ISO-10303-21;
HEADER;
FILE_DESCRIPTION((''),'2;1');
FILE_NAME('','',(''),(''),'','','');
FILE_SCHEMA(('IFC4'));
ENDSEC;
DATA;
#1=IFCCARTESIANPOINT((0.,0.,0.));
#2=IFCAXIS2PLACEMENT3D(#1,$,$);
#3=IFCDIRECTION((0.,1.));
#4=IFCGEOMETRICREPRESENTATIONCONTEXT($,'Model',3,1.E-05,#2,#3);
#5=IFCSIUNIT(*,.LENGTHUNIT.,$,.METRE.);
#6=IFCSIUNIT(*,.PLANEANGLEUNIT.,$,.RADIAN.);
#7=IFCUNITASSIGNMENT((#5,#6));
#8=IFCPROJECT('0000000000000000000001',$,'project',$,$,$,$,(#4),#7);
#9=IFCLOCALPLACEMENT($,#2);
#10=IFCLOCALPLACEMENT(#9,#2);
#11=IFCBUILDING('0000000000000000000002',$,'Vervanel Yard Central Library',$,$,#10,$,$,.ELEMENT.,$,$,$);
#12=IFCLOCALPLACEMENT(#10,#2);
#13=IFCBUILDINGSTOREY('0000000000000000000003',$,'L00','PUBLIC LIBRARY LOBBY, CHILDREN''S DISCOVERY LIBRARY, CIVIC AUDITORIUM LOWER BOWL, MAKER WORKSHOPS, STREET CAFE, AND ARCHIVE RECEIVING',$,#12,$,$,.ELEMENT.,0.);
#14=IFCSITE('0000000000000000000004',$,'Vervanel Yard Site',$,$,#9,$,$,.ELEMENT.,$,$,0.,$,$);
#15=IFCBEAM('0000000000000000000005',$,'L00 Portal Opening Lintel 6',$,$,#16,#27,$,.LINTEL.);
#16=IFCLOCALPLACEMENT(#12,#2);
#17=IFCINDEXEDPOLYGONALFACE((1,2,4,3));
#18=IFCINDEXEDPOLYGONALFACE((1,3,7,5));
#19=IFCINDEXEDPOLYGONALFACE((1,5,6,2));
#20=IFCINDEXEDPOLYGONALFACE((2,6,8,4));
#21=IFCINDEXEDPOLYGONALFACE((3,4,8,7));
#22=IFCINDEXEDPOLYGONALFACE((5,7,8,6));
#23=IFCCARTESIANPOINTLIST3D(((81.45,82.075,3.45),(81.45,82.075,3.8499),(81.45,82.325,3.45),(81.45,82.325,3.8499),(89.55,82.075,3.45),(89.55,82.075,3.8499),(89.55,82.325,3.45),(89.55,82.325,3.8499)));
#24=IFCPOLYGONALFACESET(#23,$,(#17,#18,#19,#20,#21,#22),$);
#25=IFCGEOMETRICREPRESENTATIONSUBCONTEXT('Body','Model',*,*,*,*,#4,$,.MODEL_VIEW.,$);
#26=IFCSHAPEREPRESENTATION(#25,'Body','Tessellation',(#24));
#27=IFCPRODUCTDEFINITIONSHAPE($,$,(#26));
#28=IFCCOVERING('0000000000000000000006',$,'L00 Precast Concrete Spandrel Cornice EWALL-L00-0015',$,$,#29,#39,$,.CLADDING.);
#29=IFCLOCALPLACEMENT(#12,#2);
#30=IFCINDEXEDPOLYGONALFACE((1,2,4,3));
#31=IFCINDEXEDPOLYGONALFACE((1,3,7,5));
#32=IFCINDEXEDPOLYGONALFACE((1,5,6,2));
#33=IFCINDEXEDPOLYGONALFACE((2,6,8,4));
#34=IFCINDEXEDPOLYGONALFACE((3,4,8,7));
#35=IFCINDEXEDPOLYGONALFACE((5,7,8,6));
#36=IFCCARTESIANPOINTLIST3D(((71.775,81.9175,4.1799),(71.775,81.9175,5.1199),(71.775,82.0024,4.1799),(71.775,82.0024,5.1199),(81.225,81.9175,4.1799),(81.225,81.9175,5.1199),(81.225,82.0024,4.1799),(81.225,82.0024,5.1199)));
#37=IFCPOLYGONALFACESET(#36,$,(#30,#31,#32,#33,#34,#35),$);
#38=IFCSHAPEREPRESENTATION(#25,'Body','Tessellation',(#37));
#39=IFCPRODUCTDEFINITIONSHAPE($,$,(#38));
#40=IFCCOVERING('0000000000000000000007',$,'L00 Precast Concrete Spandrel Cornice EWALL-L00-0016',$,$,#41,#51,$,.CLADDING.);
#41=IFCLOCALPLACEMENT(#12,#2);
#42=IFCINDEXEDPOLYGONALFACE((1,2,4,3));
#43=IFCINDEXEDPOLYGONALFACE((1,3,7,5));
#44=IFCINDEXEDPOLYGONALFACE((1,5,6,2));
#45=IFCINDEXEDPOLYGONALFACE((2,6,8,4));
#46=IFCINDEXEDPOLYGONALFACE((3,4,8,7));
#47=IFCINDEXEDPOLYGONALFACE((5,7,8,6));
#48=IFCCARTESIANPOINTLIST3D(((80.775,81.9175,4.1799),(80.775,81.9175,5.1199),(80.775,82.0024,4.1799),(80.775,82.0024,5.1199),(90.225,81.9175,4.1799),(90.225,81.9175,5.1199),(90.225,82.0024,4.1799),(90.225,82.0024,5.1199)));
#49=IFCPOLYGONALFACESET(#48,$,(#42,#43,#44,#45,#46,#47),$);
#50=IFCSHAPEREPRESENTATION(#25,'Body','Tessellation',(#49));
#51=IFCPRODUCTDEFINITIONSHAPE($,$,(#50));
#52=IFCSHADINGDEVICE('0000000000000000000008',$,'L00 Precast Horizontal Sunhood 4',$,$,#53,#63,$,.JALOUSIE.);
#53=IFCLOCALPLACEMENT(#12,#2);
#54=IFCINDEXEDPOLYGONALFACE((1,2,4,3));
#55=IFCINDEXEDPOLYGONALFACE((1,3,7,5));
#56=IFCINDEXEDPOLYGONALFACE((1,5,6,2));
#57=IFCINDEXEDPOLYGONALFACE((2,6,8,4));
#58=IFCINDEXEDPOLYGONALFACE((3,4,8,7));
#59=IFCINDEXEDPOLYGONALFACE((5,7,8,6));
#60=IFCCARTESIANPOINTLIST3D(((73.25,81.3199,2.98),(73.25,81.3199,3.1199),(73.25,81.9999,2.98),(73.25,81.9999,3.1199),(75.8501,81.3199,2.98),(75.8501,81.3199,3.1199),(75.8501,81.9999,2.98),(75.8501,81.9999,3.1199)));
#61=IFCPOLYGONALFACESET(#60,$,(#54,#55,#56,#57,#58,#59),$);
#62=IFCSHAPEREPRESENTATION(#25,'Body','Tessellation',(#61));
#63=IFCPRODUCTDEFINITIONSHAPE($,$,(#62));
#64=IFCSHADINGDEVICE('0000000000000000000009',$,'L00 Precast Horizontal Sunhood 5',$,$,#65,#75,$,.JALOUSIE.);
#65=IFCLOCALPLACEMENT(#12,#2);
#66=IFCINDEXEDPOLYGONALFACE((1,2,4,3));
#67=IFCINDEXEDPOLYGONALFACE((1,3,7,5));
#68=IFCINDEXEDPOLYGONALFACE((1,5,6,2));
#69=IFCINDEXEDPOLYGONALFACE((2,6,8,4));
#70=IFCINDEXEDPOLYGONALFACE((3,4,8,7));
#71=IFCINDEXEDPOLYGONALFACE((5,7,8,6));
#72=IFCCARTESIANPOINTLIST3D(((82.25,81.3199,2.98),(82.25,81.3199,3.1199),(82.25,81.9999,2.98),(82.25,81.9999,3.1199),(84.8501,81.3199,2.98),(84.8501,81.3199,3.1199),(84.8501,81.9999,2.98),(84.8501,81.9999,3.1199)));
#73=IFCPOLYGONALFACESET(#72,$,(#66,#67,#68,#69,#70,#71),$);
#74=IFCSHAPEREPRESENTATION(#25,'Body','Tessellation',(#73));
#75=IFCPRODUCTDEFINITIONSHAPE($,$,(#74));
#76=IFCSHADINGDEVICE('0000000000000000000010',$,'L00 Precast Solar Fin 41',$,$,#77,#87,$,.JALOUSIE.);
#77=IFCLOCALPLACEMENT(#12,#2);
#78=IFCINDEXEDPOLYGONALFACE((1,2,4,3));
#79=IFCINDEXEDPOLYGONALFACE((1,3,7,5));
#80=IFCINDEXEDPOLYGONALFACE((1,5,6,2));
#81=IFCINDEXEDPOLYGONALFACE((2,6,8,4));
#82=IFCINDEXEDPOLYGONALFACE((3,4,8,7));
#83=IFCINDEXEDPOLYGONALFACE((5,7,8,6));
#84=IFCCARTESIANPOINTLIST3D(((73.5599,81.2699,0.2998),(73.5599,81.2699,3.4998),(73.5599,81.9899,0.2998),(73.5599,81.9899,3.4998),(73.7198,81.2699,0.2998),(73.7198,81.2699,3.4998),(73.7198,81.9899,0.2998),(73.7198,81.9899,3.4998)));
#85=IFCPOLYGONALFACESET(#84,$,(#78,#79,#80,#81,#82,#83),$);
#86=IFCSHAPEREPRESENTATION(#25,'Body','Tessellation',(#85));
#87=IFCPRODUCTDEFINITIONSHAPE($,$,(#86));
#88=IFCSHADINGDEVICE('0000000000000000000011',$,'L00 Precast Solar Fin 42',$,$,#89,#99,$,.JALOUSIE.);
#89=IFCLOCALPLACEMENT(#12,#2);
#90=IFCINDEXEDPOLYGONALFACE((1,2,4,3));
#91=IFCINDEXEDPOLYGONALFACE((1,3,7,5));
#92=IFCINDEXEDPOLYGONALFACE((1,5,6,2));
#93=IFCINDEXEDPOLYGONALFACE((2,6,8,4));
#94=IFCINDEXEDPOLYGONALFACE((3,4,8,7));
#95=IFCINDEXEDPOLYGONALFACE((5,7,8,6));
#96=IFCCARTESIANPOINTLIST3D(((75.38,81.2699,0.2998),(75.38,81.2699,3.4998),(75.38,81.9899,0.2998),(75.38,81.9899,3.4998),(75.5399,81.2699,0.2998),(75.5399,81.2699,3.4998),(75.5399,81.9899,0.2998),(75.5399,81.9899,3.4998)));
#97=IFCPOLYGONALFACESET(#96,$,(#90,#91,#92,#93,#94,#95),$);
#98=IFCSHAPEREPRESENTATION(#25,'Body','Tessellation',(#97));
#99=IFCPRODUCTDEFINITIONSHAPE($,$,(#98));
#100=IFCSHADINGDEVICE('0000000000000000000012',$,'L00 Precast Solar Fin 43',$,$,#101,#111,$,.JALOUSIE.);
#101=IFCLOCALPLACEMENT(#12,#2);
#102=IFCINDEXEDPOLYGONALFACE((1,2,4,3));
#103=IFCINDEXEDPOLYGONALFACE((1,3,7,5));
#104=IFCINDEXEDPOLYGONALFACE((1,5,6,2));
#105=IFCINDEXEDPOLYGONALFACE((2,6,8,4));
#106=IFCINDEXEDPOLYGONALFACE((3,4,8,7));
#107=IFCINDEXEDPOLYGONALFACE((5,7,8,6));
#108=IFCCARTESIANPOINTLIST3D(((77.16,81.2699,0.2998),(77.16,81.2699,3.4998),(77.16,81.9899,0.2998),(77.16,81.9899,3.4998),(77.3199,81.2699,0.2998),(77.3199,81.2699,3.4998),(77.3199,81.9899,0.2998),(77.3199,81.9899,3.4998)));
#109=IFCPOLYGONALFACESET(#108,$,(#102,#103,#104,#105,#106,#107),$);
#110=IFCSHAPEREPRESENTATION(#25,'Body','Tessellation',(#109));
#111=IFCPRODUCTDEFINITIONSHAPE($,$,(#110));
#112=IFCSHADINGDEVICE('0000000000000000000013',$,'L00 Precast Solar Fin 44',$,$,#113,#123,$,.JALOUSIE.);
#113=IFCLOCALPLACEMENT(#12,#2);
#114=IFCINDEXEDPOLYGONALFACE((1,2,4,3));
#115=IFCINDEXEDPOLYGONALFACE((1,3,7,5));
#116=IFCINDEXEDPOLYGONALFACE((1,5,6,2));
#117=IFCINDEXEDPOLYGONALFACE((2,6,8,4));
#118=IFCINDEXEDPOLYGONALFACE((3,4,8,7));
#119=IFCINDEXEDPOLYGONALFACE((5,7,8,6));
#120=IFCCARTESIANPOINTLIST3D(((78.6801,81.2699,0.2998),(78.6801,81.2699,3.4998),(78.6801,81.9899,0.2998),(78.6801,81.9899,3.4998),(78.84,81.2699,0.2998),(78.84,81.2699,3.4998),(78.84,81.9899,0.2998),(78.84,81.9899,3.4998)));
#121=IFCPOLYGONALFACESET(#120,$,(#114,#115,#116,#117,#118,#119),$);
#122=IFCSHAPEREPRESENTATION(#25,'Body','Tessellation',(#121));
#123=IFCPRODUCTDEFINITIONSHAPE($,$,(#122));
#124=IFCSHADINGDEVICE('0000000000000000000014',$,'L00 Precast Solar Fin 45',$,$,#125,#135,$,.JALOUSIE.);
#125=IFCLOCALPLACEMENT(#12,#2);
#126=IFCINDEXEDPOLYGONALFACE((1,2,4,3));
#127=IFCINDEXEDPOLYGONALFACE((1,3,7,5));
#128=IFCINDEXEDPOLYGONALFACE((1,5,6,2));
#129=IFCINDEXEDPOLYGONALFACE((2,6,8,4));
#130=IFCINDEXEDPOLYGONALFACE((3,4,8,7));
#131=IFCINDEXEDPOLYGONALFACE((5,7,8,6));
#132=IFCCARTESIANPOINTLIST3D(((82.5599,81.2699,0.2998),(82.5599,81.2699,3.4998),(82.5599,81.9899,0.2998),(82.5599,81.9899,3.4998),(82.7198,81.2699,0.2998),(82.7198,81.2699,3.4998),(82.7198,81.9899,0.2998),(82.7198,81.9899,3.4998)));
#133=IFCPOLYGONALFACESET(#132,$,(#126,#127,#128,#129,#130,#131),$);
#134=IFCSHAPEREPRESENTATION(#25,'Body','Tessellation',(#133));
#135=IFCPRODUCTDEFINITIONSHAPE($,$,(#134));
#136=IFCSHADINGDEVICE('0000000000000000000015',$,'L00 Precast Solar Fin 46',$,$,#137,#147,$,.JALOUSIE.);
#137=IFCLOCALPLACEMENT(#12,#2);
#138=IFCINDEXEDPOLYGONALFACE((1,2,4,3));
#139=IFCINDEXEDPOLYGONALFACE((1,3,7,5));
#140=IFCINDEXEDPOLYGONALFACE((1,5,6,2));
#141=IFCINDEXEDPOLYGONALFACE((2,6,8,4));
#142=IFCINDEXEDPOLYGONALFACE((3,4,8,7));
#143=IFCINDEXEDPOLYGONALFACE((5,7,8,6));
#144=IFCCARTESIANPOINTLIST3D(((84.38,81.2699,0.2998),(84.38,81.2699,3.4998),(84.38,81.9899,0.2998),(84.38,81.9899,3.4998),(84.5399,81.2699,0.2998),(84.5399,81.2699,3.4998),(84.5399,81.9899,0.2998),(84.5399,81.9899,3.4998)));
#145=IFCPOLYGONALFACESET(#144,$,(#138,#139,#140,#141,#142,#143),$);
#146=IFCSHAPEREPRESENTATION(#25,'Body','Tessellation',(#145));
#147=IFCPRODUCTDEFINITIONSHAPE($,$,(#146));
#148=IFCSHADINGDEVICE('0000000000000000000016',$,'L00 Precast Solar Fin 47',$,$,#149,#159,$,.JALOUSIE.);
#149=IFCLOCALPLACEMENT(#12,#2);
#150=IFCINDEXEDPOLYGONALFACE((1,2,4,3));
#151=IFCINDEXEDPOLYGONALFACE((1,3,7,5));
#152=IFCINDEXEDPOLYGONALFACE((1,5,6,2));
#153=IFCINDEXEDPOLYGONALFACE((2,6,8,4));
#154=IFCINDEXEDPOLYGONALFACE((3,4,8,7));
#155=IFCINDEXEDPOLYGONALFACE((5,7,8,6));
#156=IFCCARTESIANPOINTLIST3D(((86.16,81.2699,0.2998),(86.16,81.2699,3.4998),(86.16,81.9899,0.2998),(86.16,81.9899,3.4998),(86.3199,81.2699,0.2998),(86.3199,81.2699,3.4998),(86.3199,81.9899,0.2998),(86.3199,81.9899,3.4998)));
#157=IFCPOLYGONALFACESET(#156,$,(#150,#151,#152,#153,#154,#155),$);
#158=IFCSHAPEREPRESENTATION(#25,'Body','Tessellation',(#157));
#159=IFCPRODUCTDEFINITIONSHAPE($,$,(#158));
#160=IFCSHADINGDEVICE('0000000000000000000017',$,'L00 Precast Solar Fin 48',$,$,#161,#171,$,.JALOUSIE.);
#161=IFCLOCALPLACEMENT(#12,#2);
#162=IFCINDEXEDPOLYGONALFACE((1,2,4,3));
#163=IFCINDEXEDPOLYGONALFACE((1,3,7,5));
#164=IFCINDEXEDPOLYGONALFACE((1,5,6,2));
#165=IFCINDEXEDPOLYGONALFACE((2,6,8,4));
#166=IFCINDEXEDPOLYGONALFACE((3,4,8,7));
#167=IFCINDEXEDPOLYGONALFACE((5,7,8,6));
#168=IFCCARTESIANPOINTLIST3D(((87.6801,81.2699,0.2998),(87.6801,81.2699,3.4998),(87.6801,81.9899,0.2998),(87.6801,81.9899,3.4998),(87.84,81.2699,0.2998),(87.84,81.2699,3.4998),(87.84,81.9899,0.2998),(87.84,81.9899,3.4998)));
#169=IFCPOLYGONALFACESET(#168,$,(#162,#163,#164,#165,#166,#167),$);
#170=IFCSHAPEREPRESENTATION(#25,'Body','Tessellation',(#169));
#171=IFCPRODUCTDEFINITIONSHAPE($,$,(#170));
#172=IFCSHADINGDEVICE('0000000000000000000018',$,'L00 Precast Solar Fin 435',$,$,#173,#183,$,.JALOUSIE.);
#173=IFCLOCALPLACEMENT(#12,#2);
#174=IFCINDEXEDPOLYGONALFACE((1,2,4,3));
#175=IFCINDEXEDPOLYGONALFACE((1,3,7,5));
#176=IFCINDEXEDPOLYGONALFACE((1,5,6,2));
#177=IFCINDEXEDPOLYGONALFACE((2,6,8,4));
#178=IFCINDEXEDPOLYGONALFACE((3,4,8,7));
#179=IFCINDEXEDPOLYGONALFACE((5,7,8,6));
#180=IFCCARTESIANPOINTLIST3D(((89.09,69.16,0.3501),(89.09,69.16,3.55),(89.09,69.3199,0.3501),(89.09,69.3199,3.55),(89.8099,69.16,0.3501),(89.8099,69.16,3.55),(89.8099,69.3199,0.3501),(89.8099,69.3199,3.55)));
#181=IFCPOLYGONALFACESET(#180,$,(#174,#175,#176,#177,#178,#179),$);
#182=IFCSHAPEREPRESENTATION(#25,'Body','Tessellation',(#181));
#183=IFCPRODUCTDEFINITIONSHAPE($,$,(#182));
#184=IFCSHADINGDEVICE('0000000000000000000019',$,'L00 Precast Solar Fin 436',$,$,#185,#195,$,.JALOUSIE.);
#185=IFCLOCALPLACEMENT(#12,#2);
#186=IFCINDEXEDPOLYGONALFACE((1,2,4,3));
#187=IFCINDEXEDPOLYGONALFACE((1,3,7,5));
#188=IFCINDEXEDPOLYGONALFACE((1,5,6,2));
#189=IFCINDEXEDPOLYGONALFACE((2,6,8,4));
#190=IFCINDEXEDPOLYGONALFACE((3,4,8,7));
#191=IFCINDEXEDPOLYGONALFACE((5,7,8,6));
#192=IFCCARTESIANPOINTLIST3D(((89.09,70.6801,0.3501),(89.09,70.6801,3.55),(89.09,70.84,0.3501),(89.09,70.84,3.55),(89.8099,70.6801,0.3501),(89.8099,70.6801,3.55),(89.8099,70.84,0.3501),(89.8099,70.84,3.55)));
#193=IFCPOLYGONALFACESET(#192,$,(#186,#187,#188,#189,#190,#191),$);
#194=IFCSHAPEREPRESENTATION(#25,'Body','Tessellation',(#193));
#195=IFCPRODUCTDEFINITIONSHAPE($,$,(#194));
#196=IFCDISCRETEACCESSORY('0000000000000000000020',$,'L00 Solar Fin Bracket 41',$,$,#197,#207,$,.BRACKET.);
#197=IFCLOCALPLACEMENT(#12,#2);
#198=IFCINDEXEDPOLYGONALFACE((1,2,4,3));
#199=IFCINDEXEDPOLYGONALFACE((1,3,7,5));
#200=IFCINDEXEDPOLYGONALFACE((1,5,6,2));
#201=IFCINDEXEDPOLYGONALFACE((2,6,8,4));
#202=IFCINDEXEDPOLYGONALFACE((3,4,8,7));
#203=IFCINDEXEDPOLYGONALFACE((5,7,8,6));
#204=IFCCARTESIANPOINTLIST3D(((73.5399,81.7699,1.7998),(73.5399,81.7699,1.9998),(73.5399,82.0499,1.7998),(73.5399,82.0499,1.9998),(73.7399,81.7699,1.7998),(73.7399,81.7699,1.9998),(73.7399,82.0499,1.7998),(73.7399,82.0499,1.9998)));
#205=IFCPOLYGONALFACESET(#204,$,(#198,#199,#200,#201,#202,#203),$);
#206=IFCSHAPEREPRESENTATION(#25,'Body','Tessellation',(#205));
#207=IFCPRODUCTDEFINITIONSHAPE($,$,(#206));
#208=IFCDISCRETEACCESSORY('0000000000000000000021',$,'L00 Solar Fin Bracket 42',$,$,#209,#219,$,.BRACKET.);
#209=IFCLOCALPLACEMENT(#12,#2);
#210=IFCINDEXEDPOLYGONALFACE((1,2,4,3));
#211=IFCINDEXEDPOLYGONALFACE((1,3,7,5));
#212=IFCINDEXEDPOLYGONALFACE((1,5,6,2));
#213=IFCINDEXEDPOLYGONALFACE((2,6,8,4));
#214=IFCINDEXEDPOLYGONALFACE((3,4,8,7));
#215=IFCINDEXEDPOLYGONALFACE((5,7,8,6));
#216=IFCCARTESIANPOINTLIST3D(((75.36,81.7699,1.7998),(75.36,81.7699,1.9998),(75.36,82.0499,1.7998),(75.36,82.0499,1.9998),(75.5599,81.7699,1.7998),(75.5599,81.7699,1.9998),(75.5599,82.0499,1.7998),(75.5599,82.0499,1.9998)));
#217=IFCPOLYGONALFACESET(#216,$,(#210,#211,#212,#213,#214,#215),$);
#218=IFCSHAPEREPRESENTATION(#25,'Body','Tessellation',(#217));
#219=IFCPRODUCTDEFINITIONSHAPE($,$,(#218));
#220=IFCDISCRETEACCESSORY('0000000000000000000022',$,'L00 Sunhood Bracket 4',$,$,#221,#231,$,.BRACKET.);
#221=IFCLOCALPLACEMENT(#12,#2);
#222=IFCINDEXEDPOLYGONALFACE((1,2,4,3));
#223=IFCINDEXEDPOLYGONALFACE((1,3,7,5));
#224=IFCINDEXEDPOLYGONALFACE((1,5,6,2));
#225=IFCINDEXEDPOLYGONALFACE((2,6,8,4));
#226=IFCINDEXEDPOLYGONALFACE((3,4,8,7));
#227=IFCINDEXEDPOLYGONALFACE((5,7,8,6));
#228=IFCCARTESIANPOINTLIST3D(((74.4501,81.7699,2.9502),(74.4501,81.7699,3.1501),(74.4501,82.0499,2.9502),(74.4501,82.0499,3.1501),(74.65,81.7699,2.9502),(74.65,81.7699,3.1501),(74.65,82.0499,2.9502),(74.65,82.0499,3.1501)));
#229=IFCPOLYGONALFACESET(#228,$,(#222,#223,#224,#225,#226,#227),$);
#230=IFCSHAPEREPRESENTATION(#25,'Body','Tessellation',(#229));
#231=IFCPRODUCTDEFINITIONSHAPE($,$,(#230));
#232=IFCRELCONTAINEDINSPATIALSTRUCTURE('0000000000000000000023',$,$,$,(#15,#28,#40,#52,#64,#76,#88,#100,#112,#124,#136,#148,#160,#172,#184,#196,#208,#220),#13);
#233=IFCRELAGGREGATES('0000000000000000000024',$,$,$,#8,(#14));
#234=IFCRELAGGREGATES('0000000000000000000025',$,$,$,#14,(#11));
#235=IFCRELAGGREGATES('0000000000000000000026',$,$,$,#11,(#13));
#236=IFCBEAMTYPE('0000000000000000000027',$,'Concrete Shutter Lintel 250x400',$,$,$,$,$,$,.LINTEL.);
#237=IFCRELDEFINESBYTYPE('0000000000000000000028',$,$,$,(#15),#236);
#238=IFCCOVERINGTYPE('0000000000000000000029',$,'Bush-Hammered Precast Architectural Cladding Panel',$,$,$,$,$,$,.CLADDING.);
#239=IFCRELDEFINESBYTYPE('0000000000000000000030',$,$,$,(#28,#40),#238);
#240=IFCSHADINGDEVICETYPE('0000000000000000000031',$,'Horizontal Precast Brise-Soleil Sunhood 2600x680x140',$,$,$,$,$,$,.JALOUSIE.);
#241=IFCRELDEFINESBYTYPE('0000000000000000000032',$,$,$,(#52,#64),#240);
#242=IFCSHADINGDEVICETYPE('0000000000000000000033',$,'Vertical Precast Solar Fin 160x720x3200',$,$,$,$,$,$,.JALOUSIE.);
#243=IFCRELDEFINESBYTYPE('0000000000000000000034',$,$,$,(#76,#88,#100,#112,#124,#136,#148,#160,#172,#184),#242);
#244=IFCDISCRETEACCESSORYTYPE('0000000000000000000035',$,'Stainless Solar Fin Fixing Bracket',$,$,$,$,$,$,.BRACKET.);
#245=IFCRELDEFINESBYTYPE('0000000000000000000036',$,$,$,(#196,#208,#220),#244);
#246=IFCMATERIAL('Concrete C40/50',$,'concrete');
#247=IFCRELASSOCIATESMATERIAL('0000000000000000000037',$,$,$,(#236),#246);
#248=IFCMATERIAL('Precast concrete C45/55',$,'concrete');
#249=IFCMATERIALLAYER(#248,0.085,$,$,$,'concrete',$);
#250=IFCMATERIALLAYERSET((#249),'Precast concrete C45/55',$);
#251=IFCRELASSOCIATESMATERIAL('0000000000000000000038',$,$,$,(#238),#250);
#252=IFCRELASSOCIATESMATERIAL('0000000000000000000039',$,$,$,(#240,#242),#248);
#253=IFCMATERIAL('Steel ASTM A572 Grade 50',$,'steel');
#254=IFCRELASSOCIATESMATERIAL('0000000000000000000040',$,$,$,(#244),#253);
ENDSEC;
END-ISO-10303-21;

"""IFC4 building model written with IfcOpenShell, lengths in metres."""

from ifc_helpers import new_model, si_unit, direction, frame, origin, origin_2d, place, context, subcontext, project, spatial, rectangle, extrude, material, layer, layer_set, material_profile, profile_set, type_object, element, save


model = new_model("IFC4")

# Units and contexts
model_context = context("Model", 3, precision=1e-05, world=origin(), true_north=direction((0.0, 1.0)))
body_context = subcontext(model_context, "Body", "Model", "MODEL_VIEW")
ifc_project = project(units=[si_unit("LENGTHUNIT", "METRE"), si_unit("PLANEANGLEUNIT", "RADIAN")], contexts=[model_context])

# Site, building, storey
site_placement = place(None, origin())
site = spatial("IfcSite", under=ifc_project, at=site_placement, Name="Vervanel Yard Site", CompositionType="ELEMENT", RefElevation=0.0)
building_placement = place(site_placement, origin())
building = spatial("IfcBuilding", under=site, at=building_placement, Name="Vervanel Yard Central Library", CompositionType="ELEMENT")
storey_placement = place(building_placement, origin())
storey = spatial("IfcBuildingStorey", under=building, at=storey_placement, Name="L00", Description="PUBLIC LIBRARY LOBBY, CHILDREN'S DISCOVERY LIBRARY, CIVIC AUDITORIUM LOWER BOWL, MAKER WORKSHOPS, STREET CAFE, AND ARCHIVE RECEIVING", CompositionType="ELEMENT", Elevation=0.0)

# Beam
ifc_material_1 = material(Name="Concrete C40/50", Category="concrete")
ifc_material_profile = material_profile(ifc_material_1, rectangle(XDim=0.25, YDim=0.3999, at=origin_2d()), Name="RC 250x400", Category="concrete")
ifc_profile_set = profile_set([ifc_material_profile], Name="Concrete C40/50")
beam_type = type_object("IfcBeamType", Name="Concrete Shutter Lintel 250x400", PredefinedType="LINTEL", material=ifc_profile_set)
beam_placement = place(storey_placement, frame((81.45, 82.2, 3.6499), z_axis=(1.0, 0.0, 0.0), x_axis=(0.0, 1.0, 0.0)))
element("IfcBeam", 1, at=beam_placement, inside=storey, type_object=beam_type, Name="L00 Portal Opening Lintel 6", PredefinedType="LINTEL", context=body_context, shape_type="SweptSolid", body=[
    extrude(rectangle(XDim=0.25, YDim=0.3999, at=origin_2d()), origin(), (0.0, 0.0, 1.0), 8.1001),
])

# Coverings
ifc_material_2 = material(Name="Precast concrete C45/55", Category="concrete")
ifc_layer = layer(ifc_material_2, 0.085, Category="concrete")
ifc_layer_set = layer_set([ifc_layer], Name="Precast concrete C45/55")
covering_type = type_object("IfcCoveringType", Name="Bush-Hammered Precast Architectural Cladding Panel", PredefinedType="CLADDING", material=ifc_layer_set)
for number, where, z_axis, x_axis, name in (
    (2, (76.5, 81.96, 4.1799), (0.0, 0.0, 1.0), (1.0, 0.0, 0.0), "L00 Precast Concrete Spandrel Cornice EWALL-L00-0015"),
    (3, (85.5, 81.96, 4.1799), (0.0, 0.0, 1.0), (1.0, 0.0, 0.0), "L00 Precast Concrete Spandrel Cornice EWALL-L00-0016"),
):
    element("IfcCovering", number, at=place(storey_placement, frame(where, z_axis=z_axis, x_axis=x_axis)), inside=storey, type_object=covering_type, Name=name, PredefinedType="CLADDING", context=body_context, shape_type="SweptSolid", body=[
        extrude(rectangle(XDim=9.45, YDim=0.085, at=origin_2d()), origin(), (0.0, 0.0, 1.0), 0.9399),
    ])

# Shading devices
shading_device_type_1 = type_object("IfcShadingDeviceType", Name="Horizontal Precast Brise-Soleil Sunhood 2600x680x140", PredefinedType="JALOUSIE", material=ifc_material_2)
for number, where, z_axis, x_axis, name in (
    (4, (74.55, 81.6599, 2.98), (0.0, 0.0, 1.0), (1.0, 0.0, 0.0), "L00 Precast Horizontal Sunhood 4"),
    (5, (83.55, 81.6599, 2.98), (0.0, 0.0, 1.0), (1.0, 0.0, 0.0), "L00 Precast Horizontal Sunhood 5"),
):
    element("IfcShadingDevice", number, at=place(storey_placement, frame(where, z_axis=z_axis, x_axis=x_axis)), inside=storey, type_object=shading_device_type_1, Name=name, PredefinedType="JALOUSIE", context=body_context, shape_type="SweptSolid", body=[
        extrude(rectangle(XDim=2.6001, YDim=0.6799, at=origin_2d()), origin(), (0.0, 0.0, 1.0), 0.1399),
    ])
shading_device_type_2 = type_object("IfcShadingDeviceType", Name="Vertical Precast Solar Fin 160x720x3200", PredefinedType="JALOUSIE", material=ifc_material_2)
for number, where, z_axis, x_axis, name in (
    (6, (73.6399, 81.6299, 0.2998), (0.0, 0.0, 1.0), (1.0, 0.0, 0.0), "L00 Precast Solar Fin 41"),
    (7, (75.46, 81.6299, 0.2998), (0.0, 0.0, 1.0), (1.0, 0.0, 0.0), "L00 Precast Solar Fin 42"),
    (8, (77.24, 81.6299, 0.2998), (0.0, 0.0, 1.0), (1.0, 0.0, 0.0), "L00 Precast Solar Fin 43"),
    (9, (78.76, 81.6299, 0.2998), (0.0, 0.0, 1.0), (1.0, 0.0, 0.0), "L00 Precast Solar Fin 44"),
    (10, (82.6399, 81.6299, 0.2998), (0.0, 0.0, 1.0), (1.0, 0.0, 0.0), "L00 Precast Solar Fin 45"),
    (11, (84.46, 81.6299, 0.2998), (0.0, 0.0, 1.0), (1.0, 0.0, 0.0), "L00 Precast Solar Fin 46"),
    (12, (86.24, 81.6299, 0.2998), (0.0, 0.0, 1.0), (1.0, 0.0, 0.0), "L00 Precast Solar Fin 47"),
    (13, (87.76, 81.6299, 0.2998), (0.0, 0.0, 1.0), (1.0, 0.0, 0.0), "L00 Precast Solar Fin 48"),
    (14, (89.45, 69.24, 0.3501), (0.0, 0.0, 1.0), (0.0, 1.0, 0.0), "L00 Precast Solar Fin 435"),
    (15, (89.45, 70.76, 0.3501), (0.0, 0.0, 1.0), (0.0, 1.0, 0.0), "L00 Precast Solar Fin 436"),
):
    element("IfcShadingDevice", number, at=place(storey_placement, frame(where, z_axis=z_axis, x_axis=x_axis)), inside=storey, type_object=shading_device_type_2, Name=name, PredefinedType="JALOUSIE", context=body_context, shape_type="SweptSolid", body=[
        extrude(rectangle(XDim=0.1599, YDim=0.72, at=origin_2d()), origin(), (0.0, 0.0, 1.0), 3.2),
    ])

# Discrete accessories
ifc_material_3 = material(Name="Steel ASTM A572 Grade 50", Category="steel")
discrete_accessory_type = type_object("IfcDiscreteAccessoryType", Name="Stainless Solar Fin Fixing Bracket", PredefinedType="BRACKET", material=ifc_material_3)
for number, where, z_axis, x_axis, name in (
    (16, (73.6399, 81.9099, 1.7998), (0.0, 0.0, 1.0), (1.0, 0.0, 0.0), "L00 Solar Fin Bracket 41"),
    (17, (75.46, 81.9099, 1.7998), (0.0, 0.0, 1.0), (1.0, 0.0, 0.0), "L00 Solar Fin Bracket 42"),
    (18, (74.55, 81.9099, 2.9502), (0.0, 0.0, 1.0), (1.0, 0.0, 0.0), "L00 Sunhood Bracket 4"),
):
    element("IfcDiscreteAccessory", number, at=place(storey_placement, frame(where, z_axis=z_axis, x_axis=x_axis)), inside=storey, type_object=discrete_accessory_type, Name=name, PredefinedType="BRACKET", context=body_context, shape_type="SweptSolid", body=[
        extrude(rectangle(XDim=0.2, YDim=0.28, at=origin_2d()), origin(), (0.0, 0.0, 1.0), 0.2),
    ])

save(model, "model.ifc")
